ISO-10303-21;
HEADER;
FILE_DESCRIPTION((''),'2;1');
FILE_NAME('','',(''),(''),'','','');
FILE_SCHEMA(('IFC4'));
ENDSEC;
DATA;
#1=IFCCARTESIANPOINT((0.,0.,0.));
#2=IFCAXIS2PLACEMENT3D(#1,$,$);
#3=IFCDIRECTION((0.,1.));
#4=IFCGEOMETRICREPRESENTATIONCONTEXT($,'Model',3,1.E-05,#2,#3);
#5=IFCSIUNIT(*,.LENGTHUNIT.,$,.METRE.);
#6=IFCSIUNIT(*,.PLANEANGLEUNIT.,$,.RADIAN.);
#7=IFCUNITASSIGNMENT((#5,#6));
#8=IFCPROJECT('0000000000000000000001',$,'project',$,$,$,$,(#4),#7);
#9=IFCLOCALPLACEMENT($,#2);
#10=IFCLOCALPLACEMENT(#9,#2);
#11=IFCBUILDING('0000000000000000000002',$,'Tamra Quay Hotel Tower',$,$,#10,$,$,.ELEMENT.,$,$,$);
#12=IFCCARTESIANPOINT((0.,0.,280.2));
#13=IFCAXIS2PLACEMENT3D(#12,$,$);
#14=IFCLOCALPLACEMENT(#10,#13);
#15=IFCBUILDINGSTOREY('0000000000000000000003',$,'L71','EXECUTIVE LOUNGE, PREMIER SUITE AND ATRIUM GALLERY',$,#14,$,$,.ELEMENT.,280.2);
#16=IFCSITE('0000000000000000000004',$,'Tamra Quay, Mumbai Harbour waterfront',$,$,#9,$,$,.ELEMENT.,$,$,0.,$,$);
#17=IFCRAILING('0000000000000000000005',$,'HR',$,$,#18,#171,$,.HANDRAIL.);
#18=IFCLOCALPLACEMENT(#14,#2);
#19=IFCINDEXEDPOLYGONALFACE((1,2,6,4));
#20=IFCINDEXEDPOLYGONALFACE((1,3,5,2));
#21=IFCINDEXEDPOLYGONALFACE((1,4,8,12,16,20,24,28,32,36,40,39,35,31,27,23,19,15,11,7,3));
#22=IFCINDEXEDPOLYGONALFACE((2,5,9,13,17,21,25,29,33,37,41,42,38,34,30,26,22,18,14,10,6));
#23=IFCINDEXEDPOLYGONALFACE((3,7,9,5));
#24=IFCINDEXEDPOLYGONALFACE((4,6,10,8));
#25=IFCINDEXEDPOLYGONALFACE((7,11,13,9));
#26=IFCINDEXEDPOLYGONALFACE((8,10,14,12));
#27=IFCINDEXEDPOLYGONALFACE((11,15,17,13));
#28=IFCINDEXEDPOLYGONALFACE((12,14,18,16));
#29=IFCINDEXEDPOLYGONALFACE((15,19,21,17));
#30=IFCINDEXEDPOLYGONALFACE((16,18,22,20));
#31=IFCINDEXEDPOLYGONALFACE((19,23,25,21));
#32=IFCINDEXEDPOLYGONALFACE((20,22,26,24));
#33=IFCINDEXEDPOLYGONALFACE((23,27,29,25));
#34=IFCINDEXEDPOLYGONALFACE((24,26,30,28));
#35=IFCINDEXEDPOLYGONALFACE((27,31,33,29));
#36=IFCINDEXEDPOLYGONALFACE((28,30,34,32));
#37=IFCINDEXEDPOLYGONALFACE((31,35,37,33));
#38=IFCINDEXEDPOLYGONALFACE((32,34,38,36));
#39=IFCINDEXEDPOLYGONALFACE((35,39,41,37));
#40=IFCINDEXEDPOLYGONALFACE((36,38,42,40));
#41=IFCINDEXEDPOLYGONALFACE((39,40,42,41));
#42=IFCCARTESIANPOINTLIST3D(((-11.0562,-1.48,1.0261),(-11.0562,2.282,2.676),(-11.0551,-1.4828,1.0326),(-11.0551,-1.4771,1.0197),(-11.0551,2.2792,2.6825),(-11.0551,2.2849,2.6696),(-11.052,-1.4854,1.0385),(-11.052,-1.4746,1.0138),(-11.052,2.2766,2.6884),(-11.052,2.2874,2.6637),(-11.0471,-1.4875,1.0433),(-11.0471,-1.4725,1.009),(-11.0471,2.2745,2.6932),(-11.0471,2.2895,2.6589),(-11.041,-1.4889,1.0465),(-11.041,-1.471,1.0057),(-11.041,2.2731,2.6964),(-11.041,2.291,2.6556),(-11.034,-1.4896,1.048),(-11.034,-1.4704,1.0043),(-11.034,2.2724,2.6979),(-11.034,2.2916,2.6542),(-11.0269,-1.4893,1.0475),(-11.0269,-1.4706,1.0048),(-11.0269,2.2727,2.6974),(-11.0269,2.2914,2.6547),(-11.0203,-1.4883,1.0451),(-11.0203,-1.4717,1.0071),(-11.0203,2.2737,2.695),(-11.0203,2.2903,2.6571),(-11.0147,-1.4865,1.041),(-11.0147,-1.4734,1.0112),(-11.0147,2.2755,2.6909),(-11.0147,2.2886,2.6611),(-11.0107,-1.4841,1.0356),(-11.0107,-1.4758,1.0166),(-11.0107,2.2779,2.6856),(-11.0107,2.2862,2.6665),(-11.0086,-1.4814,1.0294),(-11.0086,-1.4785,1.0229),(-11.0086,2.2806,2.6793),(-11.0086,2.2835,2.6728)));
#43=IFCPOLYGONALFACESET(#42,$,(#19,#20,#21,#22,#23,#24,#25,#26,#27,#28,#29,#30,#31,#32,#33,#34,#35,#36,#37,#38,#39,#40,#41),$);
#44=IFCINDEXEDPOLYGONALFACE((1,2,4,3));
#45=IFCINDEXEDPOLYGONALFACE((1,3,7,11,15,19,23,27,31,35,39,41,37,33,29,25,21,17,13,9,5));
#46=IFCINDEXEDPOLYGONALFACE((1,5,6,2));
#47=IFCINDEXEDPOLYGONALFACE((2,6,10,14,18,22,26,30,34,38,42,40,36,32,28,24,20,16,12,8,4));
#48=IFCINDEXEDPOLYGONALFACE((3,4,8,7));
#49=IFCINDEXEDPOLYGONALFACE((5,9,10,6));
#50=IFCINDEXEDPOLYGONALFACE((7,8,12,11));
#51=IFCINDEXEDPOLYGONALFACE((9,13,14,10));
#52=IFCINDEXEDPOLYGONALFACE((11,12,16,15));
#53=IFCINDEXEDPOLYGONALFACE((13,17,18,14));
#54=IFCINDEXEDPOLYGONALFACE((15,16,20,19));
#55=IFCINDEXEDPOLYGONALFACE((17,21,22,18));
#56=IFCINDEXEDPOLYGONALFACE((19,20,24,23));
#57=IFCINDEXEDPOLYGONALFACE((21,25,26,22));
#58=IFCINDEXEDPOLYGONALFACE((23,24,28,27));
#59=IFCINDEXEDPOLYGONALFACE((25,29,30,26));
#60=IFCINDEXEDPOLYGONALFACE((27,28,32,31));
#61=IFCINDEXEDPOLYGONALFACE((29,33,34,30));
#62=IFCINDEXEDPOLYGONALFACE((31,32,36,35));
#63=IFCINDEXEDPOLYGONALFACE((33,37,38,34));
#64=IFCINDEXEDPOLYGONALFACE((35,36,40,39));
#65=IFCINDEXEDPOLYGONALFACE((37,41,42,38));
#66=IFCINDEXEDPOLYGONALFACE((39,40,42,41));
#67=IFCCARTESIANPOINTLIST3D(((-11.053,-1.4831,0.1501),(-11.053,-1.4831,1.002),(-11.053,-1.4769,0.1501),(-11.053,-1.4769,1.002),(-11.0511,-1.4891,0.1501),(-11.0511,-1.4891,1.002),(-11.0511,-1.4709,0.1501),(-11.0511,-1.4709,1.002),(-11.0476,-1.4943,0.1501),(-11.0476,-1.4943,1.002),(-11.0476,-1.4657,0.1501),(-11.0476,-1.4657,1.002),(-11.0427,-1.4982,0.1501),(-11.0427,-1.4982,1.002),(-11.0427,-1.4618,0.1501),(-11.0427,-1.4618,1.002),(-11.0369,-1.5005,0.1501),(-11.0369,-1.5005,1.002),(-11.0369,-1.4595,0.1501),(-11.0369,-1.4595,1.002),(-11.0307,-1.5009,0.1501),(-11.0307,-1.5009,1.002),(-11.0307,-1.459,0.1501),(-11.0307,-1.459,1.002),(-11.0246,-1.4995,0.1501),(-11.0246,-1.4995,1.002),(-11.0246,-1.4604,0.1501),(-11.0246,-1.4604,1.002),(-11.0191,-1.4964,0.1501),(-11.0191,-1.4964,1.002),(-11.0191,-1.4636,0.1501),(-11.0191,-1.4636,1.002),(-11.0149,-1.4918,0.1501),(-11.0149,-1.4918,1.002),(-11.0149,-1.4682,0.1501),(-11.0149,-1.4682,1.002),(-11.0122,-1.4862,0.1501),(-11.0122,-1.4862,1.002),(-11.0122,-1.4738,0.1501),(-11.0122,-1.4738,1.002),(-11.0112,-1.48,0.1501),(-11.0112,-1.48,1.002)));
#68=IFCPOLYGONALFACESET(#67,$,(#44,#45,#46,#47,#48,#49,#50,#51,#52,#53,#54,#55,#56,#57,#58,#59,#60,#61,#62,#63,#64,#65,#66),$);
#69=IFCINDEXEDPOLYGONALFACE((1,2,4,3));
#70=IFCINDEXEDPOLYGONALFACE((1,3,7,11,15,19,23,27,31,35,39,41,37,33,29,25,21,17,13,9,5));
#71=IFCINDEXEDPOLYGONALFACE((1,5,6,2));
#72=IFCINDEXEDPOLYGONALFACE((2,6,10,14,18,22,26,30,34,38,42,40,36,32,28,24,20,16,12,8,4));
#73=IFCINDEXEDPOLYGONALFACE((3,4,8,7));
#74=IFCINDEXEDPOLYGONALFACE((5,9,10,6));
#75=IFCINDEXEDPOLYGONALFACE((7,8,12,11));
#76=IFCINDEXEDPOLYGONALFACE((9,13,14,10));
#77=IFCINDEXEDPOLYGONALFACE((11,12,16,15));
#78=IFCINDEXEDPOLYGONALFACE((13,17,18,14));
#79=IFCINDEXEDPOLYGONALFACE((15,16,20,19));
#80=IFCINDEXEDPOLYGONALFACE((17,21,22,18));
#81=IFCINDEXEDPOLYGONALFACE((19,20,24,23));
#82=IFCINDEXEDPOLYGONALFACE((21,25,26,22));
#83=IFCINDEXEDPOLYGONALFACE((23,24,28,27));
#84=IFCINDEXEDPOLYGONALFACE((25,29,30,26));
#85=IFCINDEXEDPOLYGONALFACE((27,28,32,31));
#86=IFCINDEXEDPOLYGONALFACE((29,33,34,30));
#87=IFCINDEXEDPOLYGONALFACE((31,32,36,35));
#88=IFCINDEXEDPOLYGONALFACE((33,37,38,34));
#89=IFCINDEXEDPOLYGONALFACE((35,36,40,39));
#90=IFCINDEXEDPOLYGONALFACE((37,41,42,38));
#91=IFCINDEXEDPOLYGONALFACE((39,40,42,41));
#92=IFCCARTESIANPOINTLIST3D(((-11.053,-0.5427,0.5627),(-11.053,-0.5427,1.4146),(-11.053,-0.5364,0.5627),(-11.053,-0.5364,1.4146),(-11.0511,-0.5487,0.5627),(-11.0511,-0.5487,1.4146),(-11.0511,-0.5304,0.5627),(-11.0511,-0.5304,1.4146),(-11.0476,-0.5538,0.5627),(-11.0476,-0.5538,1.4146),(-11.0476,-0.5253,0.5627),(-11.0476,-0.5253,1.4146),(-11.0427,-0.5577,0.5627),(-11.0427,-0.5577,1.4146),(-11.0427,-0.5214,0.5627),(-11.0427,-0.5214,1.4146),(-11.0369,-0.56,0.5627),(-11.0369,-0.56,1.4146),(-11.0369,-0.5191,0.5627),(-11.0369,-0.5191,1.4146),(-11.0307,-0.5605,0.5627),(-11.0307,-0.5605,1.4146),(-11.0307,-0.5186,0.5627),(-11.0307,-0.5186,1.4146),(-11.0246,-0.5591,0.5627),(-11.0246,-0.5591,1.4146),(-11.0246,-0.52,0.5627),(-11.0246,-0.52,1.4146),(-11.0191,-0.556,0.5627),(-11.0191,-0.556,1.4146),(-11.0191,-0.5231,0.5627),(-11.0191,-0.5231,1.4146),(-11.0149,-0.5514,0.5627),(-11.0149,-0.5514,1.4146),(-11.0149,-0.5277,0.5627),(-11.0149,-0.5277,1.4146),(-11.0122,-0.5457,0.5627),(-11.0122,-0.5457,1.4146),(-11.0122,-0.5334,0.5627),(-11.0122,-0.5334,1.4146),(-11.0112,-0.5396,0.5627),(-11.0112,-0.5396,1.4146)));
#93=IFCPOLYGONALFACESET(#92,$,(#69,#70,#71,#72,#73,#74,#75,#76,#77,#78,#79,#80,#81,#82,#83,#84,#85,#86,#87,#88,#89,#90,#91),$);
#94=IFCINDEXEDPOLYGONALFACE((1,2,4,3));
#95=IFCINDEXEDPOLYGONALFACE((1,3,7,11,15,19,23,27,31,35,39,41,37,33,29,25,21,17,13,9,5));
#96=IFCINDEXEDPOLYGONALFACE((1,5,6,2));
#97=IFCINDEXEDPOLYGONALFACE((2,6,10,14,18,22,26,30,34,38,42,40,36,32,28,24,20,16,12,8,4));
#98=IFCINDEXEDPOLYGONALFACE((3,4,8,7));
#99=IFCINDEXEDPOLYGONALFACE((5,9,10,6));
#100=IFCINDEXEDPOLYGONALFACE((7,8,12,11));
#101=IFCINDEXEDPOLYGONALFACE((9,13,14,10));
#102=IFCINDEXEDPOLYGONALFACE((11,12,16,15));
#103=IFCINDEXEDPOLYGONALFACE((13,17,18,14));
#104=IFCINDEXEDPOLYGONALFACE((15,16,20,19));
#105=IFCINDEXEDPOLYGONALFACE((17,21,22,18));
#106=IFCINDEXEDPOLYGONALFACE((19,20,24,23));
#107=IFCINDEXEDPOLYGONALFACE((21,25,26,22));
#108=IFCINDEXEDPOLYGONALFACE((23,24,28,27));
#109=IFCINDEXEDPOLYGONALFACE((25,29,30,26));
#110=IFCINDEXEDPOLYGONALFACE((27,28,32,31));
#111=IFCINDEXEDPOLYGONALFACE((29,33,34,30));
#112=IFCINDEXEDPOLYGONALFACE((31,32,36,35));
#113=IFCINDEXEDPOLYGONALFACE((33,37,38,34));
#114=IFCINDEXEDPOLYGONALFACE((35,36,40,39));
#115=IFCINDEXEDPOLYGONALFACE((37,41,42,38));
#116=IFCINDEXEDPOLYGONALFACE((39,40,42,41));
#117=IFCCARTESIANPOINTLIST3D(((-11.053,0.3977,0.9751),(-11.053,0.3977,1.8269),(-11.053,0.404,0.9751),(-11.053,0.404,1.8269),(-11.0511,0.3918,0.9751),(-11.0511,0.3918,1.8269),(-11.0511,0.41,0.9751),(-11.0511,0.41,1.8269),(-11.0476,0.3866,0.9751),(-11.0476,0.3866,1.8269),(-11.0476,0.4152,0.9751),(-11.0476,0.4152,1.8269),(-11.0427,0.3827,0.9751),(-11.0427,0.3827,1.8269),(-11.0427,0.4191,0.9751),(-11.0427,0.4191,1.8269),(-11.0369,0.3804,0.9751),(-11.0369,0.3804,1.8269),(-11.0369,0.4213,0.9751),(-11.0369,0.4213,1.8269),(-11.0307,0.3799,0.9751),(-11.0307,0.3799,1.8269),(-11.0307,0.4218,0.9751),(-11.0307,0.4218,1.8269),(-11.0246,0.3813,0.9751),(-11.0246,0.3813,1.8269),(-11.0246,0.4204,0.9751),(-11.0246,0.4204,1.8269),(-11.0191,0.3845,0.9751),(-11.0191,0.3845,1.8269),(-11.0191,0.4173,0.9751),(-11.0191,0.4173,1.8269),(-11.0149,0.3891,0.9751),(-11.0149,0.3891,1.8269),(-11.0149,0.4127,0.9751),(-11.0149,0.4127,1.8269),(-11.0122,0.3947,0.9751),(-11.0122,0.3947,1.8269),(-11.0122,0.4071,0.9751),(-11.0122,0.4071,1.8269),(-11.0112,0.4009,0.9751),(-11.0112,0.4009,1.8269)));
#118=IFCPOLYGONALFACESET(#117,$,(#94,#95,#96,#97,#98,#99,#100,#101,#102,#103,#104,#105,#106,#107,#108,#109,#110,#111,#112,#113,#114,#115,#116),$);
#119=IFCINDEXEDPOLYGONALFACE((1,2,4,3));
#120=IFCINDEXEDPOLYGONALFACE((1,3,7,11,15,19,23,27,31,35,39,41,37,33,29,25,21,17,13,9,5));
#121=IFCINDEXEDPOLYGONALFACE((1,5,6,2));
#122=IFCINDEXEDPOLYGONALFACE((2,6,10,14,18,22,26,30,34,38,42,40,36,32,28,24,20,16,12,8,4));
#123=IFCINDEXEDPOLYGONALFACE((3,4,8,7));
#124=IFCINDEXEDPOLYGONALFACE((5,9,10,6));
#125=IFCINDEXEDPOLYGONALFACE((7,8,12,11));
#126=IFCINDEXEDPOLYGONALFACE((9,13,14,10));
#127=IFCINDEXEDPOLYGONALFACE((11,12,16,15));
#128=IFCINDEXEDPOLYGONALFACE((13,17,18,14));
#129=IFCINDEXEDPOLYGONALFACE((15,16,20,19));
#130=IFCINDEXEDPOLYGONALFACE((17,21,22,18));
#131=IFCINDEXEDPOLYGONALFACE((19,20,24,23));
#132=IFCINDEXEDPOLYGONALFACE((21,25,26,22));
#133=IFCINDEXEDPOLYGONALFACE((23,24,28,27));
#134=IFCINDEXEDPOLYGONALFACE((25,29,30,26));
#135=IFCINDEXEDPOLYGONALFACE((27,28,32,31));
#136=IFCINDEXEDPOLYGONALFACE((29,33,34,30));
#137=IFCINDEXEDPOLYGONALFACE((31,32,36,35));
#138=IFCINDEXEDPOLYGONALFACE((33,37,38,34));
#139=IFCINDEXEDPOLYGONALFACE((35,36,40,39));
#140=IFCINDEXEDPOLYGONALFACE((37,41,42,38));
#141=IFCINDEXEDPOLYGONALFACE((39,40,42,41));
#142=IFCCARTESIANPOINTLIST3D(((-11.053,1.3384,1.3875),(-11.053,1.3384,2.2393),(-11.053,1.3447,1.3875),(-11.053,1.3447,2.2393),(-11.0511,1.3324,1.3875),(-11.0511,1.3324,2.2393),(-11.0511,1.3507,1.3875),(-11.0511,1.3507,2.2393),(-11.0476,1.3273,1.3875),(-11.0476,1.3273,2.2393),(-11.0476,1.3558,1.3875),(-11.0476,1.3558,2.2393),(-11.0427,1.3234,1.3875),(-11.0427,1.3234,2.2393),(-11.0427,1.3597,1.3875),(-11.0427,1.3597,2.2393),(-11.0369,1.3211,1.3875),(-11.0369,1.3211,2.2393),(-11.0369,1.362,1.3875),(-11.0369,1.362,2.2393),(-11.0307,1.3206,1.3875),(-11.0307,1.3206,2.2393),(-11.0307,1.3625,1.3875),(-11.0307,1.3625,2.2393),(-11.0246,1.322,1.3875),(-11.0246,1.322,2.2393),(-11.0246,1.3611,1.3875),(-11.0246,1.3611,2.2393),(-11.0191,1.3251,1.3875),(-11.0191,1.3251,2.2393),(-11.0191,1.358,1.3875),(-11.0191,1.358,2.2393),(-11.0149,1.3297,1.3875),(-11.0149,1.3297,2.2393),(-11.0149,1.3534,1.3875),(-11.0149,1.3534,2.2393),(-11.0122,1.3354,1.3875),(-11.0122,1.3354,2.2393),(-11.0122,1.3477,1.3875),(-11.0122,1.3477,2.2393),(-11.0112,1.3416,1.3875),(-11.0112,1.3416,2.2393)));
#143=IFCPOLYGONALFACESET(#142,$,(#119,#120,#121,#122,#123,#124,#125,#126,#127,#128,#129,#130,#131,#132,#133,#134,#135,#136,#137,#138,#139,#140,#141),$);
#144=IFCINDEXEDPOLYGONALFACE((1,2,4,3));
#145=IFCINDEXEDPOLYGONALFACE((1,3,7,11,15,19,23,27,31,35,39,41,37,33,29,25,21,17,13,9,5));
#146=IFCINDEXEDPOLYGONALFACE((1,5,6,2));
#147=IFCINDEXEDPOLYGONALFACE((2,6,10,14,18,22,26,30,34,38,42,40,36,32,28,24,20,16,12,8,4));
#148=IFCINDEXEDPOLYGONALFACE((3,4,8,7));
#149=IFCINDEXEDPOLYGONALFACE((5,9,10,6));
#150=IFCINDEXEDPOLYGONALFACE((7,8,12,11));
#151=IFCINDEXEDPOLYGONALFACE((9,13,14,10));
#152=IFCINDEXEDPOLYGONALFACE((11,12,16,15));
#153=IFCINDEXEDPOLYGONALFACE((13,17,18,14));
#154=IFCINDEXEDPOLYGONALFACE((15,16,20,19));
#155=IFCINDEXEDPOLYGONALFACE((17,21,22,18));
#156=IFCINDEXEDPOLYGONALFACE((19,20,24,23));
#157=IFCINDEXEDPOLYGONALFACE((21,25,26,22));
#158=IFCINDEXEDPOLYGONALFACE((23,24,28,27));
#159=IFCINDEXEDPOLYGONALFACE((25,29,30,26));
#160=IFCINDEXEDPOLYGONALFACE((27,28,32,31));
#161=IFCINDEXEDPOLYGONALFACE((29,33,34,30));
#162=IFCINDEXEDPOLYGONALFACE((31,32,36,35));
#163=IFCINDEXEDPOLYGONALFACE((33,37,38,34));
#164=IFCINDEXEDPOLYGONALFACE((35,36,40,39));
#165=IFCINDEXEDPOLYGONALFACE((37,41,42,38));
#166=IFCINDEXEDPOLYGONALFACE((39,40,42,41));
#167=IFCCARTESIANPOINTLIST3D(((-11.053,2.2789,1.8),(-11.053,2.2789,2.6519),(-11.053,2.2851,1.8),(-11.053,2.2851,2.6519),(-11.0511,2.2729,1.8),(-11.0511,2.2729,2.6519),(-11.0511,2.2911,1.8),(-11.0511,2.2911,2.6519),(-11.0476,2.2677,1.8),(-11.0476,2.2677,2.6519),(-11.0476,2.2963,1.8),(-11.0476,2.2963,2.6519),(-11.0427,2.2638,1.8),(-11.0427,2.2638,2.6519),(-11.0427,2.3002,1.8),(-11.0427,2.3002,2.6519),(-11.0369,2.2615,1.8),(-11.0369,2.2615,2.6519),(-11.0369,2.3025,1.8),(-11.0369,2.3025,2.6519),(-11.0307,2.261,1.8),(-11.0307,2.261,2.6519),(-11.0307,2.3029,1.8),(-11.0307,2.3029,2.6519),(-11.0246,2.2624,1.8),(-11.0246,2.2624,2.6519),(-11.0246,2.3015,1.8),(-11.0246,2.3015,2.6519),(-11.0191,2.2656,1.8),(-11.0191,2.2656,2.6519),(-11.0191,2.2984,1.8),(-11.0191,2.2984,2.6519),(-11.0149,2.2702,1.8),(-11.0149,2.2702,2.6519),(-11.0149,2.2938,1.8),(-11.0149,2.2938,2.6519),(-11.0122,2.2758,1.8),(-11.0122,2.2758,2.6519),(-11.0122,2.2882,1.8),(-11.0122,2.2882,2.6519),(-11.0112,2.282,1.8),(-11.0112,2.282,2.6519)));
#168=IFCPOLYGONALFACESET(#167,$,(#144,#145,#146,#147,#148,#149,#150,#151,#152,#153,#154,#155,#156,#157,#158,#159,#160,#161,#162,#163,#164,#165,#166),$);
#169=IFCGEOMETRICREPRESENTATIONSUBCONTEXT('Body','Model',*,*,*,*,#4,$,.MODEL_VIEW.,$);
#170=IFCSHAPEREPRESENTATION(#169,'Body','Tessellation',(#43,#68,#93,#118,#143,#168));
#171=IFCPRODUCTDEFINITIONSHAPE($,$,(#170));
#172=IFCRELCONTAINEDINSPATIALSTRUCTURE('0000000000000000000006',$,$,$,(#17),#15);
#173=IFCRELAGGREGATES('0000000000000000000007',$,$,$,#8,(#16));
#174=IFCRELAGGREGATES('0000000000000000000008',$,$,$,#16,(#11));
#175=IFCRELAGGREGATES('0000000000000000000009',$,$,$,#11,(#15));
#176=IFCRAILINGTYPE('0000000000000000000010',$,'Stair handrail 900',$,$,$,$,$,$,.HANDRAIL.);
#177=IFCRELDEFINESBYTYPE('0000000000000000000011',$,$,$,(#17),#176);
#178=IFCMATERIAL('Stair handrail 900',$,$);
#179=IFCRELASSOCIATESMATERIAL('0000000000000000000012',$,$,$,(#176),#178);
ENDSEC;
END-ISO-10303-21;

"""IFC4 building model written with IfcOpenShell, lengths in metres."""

from ifc_helpers import new_model, si_unit, direction, frame, origin, origin_2d, place, context, subcontext, project, spatial, circle, extrude, material, type_object, element, save


model = new_model("IFC4")

# Units and contexts
model_context = context("Model", 3, precision=1e-05, world=origin(), true_north=direction((0.0, 1.0)))
body_context = subcontext(model_context, "Body", "Model", "MODEL_VIEW")
ifc_project = project(units=[si_unit("LENGTHUNIT", "METRE"), si_unit("PLANEANGLEUNIT", "RADIAN")], contexts=[model_context])

# Site, building, storey
site_placement = place(None, origin())
site = spatial("IfcSite", under=ifc_project, at=site_placement, Name="Tamra Quay, Mumbai Harbour waterfront", CompositionType="ELEMENT", RefElevation=0.0)
building_placement = place(site_placement, origin())
building = spatial("IfcBuilding", under=site, at=building_placement, Name="Tamra Quay Hotel Tower", CompositionType="ELEMENT")
storey_placement = place(building_placement, frame((0.0, 0.0, 280.2)))
storey = spatial("IfcBuildingStorey", under=building, at=storey_placement, Name="L71", Description="EXECUTIVE LOUNGE, PREMIER SUITE AND ATRIUM GALLERY", CompositionType="ELEMENT", Elevation=280.2)

# Railing
ifc_material_1 = material(Name="Stair handrail 900")
railing_type_1 = type_object("IfcRailingType", Name="Stair handrail 900", PredefinedType="HANDRAIL", material=ifc_material_1)
railing_1_placement = place(storey_placement, frame((-11.0322, -1.48, 0.1501)))
element("IfcRailing", 1, at=railing_1_placement, inside=storey, type_object=railing_type_1, Name="HR", PredefinedType="HANDRAIL", context=body_context, shape_type="SweptSolid", body=[
    extrude(circle(Radius=0.0239, at=origin_2d()), frame((0.0, 0.0, 0.876), z_axis=(0.0, 0.915795, 0.401645), x_axis=(-1.0, 0.0, 0.0)), (0.0, 0.0, 1.0), 4.1079),
    extrude(circle(Radius=0.021, at=origin_2d()), origin(), (0.0, 0.0, 1.0), 0.8518),
    extrude(circle(Radius=0.021, at=origin_2d()), frame((0.0, 0.9404, 0.4126)), (0.0, 0.0, 1.0), 0.8518),
    extrude(circle(Radius=0.021, at=origin_2d()), frame((0.0, 1.8809, 0.825)), (0.0, 0.0, 1.0), 0.8518),
    extrude(circle(Radius=0.021, at=origin_2d()), frame((0.0, 2.8215, 1.2373)), (0.0, 0.0, 1.0), 0.8518),
    extrude(circle(Radius=0.021, at=origin_2d()), frame((0.0, 3.762, 1.6499)), (0.0, 0.0, 1.0), 0.8518),
])

save(model, "model.ifc")
